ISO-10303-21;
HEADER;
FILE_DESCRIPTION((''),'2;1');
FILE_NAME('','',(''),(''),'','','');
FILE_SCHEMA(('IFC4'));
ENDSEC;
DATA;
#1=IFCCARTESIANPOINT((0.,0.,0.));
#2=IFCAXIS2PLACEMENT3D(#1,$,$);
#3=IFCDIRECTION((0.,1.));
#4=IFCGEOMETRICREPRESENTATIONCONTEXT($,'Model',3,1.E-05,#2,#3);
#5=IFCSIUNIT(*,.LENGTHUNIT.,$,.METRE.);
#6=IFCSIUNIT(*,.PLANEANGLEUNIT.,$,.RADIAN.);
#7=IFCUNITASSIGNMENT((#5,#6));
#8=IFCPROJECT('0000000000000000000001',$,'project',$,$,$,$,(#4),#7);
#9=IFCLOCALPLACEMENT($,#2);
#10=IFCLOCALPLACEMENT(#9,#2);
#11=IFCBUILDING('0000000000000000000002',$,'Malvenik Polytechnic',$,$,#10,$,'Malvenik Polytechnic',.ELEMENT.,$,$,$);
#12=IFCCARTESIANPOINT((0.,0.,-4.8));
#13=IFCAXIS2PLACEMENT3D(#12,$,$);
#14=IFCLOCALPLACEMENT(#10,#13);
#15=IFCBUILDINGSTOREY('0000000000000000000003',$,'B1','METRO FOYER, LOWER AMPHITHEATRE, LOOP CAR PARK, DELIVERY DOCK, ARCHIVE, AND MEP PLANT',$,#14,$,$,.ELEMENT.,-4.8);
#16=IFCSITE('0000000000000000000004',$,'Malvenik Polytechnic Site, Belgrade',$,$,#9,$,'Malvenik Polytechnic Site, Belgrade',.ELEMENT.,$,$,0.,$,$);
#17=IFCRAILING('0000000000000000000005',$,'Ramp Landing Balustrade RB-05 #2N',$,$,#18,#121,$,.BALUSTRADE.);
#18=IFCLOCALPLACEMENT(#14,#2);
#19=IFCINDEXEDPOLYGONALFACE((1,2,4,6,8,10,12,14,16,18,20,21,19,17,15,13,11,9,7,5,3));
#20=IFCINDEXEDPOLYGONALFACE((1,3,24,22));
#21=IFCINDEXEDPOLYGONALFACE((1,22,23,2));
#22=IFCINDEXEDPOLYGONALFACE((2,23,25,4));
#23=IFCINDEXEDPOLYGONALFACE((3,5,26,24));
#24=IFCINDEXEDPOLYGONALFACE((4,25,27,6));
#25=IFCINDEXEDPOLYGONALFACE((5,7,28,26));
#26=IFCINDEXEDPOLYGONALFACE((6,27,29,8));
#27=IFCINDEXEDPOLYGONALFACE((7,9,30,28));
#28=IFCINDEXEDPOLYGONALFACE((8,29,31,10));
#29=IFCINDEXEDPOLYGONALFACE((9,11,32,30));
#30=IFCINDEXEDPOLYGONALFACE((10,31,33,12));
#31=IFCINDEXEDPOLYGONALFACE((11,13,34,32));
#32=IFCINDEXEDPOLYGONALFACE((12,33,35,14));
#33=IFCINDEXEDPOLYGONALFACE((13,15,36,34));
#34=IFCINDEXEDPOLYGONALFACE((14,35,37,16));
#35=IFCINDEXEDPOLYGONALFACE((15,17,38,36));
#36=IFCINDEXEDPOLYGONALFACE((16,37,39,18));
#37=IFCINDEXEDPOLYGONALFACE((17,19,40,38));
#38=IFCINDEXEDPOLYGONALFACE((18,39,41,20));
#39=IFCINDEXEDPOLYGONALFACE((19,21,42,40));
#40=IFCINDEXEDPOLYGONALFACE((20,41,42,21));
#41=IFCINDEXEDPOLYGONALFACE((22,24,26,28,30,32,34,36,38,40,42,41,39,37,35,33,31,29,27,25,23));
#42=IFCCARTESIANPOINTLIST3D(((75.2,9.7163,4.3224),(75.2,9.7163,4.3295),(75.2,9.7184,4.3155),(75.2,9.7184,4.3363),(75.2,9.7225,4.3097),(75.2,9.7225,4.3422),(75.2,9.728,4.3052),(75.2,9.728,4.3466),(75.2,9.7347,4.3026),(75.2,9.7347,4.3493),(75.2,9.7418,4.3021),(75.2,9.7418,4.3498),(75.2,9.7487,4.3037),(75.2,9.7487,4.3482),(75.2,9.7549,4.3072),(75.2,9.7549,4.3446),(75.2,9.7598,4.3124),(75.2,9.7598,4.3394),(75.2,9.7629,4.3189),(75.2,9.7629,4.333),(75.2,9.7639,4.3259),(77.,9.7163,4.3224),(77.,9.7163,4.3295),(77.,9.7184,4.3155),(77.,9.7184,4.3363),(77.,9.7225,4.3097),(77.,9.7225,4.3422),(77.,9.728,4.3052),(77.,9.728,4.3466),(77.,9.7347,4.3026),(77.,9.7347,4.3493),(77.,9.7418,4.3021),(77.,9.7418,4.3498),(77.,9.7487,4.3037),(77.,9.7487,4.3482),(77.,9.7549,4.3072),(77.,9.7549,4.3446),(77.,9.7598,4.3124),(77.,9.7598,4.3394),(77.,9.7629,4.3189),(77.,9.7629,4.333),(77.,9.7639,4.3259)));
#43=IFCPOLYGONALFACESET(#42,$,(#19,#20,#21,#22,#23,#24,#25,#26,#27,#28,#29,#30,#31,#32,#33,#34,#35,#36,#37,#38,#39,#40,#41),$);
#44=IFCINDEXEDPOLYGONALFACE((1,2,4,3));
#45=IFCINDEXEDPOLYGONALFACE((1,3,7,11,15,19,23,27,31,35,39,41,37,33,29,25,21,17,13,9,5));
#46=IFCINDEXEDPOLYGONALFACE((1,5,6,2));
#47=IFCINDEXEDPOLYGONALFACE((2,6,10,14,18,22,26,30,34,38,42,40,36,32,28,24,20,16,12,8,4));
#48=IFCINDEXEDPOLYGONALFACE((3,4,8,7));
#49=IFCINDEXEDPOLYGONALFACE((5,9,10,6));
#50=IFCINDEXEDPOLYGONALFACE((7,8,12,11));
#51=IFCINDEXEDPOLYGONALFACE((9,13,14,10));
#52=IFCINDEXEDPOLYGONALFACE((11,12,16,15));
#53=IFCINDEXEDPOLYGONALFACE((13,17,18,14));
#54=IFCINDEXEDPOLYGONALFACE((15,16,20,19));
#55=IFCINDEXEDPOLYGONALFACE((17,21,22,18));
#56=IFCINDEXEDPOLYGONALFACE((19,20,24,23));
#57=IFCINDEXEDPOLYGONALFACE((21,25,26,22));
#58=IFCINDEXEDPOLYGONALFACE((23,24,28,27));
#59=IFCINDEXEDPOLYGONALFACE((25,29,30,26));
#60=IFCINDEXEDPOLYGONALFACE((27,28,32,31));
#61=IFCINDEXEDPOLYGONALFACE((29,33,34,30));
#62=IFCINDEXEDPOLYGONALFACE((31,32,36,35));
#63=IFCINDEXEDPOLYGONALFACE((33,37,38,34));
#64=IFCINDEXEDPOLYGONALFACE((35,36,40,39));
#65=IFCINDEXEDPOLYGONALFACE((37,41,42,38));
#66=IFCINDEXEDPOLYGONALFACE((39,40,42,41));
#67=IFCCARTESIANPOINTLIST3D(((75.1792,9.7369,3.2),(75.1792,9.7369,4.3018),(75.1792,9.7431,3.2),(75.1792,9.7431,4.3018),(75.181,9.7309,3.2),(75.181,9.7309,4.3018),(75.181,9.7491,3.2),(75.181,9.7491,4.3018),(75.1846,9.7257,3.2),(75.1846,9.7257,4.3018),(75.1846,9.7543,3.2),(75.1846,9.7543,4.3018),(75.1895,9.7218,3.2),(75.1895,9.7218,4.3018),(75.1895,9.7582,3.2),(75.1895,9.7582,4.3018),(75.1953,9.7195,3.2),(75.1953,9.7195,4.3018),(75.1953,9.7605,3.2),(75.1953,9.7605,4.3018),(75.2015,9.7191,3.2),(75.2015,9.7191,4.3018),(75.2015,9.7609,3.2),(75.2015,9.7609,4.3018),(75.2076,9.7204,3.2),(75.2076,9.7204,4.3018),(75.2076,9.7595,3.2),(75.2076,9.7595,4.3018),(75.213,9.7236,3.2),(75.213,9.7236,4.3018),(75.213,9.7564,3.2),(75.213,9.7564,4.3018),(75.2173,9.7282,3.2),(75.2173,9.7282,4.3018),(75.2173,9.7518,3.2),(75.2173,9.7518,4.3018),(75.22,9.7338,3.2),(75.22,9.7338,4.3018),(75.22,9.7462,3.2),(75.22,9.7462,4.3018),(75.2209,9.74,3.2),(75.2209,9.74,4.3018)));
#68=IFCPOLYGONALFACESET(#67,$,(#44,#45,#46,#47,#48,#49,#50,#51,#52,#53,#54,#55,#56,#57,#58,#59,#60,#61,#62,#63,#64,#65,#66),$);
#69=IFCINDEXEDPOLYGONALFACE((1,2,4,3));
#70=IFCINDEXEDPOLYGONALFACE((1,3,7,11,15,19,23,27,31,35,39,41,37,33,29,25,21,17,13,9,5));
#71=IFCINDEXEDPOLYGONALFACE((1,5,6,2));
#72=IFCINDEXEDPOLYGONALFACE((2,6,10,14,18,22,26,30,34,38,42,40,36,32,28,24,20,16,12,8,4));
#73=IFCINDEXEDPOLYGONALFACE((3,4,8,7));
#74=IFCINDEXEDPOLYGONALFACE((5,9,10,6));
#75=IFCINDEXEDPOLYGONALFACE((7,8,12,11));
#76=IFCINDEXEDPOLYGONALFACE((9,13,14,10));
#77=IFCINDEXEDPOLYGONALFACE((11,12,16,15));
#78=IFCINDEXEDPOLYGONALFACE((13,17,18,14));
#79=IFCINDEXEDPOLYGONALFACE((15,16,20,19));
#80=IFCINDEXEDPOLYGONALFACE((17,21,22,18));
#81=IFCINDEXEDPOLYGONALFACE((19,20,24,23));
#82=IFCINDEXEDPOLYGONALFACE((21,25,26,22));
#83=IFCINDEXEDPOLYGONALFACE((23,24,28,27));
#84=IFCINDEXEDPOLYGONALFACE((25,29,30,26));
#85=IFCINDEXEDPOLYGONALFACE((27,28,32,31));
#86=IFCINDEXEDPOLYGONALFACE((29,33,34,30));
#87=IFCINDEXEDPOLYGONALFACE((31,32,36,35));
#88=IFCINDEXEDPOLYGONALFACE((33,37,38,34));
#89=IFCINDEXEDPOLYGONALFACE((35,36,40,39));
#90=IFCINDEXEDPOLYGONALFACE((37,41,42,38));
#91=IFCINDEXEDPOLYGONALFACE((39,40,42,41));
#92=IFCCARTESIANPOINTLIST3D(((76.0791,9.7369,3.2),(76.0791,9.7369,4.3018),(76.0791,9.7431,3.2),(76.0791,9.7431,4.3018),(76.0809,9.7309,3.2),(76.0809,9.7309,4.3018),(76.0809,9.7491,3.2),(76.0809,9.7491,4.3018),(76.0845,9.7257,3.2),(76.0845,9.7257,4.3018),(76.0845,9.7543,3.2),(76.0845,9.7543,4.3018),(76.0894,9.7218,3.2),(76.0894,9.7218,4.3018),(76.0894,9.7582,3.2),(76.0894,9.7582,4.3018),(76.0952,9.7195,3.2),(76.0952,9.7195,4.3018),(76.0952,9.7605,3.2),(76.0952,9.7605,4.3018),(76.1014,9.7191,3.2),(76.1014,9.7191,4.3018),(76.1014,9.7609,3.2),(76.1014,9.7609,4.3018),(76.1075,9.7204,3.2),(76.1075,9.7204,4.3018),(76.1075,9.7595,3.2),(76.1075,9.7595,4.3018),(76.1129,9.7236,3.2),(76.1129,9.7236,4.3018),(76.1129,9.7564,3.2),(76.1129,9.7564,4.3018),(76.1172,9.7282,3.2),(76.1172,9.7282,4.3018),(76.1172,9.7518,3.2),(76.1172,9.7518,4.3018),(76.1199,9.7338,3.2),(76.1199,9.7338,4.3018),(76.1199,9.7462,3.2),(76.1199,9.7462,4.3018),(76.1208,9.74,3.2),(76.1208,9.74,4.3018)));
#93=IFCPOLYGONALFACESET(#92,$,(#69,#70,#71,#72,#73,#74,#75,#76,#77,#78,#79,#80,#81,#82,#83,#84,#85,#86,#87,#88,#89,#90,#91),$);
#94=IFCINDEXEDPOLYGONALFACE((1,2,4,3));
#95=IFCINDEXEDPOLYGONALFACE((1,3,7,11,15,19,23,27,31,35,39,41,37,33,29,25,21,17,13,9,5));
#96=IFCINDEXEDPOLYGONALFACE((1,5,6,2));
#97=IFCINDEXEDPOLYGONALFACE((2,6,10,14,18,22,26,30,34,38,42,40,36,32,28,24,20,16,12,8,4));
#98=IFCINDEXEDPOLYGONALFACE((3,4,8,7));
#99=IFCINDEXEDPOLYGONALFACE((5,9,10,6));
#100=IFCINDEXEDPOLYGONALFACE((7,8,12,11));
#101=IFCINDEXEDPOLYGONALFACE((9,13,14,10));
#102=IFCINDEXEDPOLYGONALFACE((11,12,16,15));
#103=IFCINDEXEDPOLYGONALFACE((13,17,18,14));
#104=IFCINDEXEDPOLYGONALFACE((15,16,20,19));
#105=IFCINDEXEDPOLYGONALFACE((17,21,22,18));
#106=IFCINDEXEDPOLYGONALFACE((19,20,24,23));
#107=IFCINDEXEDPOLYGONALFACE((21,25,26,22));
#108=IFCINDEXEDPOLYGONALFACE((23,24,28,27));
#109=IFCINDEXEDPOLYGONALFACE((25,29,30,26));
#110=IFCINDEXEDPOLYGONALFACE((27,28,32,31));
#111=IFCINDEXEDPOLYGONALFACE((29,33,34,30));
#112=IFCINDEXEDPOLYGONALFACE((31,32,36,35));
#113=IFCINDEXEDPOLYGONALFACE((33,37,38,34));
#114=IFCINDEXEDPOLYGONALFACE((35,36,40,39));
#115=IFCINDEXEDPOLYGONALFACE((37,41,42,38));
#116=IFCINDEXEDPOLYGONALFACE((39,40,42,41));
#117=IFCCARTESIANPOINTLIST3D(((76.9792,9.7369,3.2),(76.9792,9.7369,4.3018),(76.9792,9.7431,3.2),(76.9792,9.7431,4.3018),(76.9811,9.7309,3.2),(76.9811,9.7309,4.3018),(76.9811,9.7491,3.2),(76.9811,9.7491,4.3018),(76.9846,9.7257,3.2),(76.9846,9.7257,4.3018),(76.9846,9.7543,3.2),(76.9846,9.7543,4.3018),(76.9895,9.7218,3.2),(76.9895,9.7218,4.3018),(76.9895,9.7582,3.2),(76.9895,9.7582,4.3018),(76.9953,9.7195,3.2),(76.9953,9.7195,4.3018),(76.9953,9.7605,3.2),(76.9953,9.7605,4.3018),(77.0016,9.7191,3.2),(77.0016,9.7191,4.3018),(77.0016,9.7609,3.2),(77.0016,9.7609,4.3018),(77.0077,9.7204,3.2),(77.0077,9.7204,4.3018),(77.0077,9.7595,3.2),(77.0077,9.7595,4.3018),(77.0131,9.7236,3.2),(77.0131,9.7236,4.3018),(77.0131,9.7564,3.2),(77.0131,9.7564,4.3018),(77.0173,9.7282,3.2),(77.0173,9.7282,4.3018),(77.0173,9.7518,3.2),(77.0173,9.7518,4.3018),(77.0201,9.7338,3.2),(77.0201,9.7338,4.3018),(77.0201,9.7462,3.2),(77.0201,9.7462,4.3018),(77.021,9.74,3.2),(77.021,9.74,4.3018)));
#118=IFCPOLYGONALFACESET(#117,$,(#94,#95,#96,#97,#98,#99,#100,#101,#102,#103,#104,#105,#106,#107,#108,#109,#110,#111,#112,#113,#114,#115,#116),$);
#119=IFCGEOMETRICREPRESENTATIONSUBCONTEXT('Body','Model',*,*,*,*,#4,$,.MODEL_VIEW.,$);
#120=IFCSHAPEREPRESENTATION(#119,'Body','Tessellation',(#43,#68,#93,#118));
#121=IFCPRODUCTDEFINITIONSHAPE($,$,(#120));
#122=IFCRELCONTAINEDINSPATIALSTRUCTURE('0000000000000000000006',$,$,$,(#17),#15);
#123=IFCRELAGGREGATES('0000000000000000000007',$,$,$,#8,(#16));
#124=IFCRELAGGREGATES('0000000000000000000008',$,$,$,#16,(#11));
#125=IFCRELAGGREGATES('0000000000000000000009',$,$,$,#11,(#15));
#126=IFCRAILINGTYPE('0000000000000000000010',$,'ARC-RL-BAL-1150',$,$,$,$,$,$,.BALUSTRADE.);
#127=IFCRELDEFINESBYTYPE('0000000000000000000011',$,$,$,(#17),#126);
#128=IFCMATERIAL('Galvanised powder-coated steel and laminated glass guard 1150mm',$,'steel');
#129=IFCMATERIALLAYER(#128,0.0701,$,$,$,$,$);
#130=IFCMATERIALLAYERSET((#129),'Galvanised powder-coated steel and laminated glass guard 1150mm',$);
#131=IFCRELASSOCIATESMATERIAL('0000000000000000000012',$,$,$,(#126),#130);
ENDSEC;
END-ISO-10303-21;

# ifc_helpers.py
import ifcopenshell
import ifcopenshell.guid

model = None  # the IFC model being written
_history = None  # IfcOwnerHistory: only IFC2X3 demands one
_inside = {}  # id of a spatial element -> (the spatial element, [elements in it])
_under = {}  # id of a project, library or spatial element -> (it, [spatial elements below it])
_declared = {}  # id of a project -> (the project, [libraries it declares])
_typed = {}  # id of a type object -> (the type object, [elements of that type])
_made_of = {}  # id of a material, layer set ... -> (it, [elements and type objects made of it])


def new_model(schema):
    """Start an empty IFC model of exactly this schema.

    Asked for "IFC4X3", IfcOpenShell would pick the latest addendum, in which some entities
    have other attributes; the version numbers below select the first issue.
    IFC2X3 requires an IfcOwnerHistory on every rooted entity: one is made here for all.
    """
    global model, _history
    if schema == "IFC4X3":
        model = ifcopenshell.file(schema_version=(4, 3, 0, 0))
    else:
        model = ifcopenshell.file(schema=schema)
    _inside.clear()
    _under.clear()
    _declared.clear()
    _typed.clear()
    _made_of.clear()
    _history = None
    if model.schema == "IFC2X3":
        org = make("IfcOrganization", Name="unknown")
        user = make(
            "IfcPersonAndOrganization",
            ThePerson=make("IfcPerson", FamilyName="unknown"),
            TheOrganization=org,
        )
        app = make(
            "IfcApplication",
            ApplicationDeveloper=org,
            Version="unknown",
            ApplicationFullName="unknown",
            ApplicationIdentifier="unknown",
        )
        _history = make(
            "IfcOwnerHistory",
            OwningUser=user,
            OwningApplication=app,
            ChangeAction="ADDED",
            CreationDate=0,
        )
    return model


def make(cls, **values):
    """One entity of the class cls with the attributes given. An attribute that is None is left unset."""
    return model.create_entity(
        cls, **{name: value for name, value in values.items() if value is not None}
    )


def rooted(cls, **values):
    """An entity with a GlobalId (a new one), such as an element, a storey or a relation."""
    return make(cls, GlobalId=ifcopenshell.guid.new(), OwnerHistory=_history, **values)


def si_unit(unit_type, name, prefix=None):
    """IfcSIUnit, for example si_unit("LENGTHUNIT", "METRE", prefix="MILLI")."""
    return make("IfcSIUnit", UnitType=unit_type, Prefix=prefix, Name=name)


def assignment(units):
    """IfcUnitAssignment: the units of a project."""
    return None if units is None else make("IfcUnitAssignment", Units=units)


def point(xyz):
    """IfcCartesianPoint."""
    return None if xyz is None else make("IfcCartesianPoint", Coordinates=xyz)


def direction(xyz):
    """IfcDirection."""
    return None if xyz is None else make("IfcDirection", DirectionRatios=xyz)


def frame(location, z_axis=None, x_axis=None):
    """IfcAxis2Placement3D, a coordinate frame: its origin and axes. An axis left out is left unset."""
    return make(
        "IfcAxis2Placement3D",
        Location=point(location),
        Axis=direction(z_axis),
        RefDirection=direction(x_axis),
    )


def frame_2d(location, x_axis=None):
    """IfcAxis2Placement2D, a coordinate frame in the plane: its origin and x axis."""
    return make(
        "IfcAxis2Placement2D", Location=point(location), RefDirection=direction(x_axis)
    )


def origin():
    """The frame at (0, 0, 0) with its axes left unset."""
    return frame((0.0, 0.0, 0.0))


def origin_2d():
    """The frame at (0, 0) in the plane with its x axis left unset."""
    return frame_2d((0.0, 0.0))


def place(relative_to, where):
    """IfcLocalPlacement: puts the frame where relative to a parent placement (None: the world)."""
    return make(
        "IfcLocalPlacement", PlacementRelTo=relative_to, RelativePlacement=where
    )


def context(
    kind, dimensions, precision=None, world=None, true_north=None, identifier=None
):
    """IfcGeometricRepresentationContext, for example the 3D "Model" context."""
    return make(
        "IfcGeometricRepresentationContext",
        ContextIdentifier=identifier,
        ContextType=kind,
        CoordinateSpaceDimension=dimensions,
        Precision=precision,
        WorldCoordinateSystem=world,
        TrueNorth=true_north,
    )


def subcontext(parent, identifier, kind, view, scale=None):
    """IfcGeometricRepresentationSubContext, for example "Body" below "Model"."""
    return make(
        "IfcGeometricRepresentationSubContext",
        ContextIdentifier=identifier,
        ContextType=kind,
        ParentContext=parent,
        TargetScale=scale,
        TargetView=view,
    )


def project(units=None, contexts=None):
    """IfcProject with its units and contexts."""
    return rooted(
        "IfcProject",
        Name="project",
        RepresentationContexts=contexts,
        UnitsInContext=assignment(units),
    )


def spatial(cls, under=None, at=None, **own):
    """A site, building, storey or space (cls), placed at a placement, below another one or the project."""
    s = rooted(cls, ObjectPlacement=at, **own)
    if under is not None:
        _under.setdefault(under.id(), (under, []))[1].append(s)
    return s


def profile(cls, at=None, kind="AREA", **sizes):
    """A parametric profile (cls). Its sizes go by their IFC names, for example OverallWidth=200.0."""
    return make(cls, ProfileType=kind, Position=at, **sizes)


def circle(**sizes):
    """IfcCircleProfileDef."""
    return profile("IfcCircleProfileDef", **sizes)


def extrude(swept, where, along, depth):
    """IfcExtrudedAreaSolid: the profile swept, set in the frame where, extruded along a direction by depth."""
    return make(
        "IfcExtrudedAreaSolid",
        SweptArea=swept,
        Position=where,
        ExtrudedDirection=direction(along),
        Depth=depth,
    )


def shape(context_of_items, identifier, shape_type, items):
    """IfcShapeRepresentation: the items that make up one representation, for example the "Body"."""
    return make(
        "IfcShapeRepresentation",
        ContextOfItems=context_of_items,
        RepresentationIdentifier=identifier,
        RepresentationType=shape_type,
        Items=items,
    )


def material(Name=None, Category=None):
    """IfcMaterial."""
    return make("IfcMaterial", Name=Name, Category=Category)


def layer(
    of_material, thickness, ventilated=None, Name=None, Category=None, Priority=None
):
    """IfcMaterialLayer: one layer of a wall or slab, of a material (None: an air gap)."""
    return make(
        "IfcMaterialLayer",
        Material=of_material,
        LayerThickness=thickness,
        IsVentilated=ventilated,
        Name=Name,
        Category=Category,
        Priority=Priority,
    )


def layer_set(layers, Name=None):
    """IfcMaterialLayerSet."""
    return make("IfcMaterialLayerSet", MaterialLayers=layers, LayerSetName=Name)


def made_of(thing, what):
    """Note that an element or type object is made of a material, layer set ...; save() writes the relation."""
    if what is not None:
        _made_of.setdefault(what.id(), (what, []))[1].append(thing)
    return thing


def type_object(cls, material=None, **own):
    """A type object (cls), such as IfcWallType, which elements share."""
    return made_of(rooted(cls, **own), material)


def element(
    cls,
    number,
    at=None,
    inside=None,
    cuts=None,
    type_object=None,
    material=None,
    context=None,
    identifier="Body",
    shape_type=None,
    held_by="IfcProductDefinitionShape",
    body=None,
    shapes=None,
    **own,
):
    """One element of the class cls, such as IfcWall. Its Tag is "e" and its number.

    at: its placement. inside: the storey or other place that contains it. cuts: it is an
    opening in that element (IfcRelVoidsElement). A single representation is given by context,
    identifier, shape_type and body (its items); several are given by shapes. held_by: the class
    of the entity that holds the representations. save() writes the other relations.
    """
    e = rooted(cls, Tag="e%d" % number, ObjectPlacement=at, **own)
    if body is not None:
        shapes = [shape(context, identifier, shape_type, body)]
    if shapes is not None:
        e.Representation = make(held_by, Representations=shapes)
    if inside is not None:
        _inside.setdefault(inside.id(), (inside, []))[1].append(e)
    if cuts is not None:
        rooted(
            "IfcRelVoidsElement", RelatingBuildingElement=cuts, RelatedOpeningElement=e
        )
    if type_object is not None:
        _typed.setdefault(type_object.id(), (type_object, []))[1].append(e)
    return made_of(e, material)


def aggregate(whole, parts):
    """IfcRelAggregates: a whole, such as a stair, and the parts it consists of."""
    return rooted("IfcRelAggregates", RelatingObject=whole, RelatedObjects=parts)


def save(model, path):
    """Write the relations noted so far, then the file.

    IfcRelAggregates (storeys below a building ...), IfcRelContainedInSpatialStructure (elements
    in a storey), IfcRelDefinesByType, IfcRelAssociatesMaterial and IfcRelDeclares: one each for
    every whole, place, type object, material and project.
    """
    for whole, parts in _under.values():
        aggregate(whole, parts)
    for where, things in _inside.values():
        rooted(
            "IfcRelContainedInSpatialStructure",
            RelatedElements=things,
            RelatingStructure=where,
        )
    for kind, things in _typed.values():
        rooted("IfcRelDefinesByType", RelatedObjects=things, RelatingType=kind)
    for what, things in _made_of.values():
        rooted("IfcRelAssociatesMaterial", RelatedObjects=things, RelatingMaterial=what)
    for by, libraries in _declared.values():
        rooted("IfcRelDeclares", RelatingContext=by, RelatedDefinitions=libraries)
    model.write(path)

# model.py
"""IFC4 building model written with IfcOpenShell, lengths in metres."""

from ifc_helpers import new_model, si_unit, direction, frame, origin, origin_2d, place, context, subcontext, project, spatial, circle, extrude, material, layer, layer_set, type_object, element, save


model = new_model("IFC4")

# Units and contexts
model_context = context("Model", 3, precision=1e-05, world=origin(), true_north=direction((0.0, 1.0)))
body_context = subcontext(model_context, "Body", "Model", "MODEL_VIEW")
ifc_project = project(units=[si_unit("LENGTHUNIT", "METRE"), si_unit("PLANEANGLEUNIT", "RADIAN")], contexts=[model_context])

# Site, building, storey
site_placement = place(None, origin())
site = spatial("IfcSite", under=ifc_project, at=site_placement, Name="Malvenik Polytechnic Site, Belgrade", LongName="Malvenik Polytechnic Site, Belgrade", CompositionType="ELEMENT", RefElevation=0.0)
building_placement = place(site_placement, origin())
building = spatial("IfcBuilding", under=site, at=building_placement, Name="Malvenik Polytechnic", LongName="Malvenik Polytechnic", CompositionType="ELEMENT")
storey_placement = place(building_placement, frame((0.0, 0.0, -4.8)))
storey = spatial("IfcBuildingStorey", under=building, at=storey_placement, Name="B1", Description="METRO FOYER, LOWER AMPHITHEATRE, LOOP CAR PARK, DELIVERY DOCK, ARCHIVE, AND MEP PLANT", CompositionType="ELEMENT", Elevation=-4.8)

# Railing
ifc_material_1 = material(Name="Galvanised powder-coated steel and laminated glass guard 1150mm", Category="steel")
ifc_layer_1 = layer(ifc_material_1, 0.0701)
ifc_layer_set_1 = layer_set([ifc_layer_1], Name="Galvanised powder-coated steel and laminated glass guard 1150mm")
railing_type_1 = type_object("IfcRailingType", Name="ARC-RL-BAL-1150", PredefinedType="BALUSTRADE", material=ifc_layer_set_1)
railing_1_placement = place(storey_placement, frame((75.2, 9.74, 3.2)))
element("IfcRailing", 1, at=railing_1_placement, inside=storey, type_object=railing_type_1, Name="Ramp Landing Balustrade RB-05 #2N", PredefinedType="BALUSTRADE", context=body_context, shape_type="SweptSolid", body=[
    extrude(circle(Radius=0.0239, at=origin_2d()), frame((0.0, 0.0, 1.126), z_axis=(1.0, 0.0, 0.0), x_axis=(0.0, 1.0, 0.0)), (0.0, 0.0, 1.0), 1.8),
    extrude(circle(Radius=0.021, at=origin_2d()), origin(), (0.0, 0.0, 1.0), 1.1018),
    extrude(circle(Radius=0.021, at=origin_2d()), frame((0.8999, 0.0, 0.0)), (0.0, 0.0, 1.0), 1.1018),
    extrude(circle(Radius=0.021, at=origin_2d()), frame((1.8, 0.0, 0.0)), (0.0, 0.0, 1.0), 1.1018),
])

save(model, "model.ifc")
